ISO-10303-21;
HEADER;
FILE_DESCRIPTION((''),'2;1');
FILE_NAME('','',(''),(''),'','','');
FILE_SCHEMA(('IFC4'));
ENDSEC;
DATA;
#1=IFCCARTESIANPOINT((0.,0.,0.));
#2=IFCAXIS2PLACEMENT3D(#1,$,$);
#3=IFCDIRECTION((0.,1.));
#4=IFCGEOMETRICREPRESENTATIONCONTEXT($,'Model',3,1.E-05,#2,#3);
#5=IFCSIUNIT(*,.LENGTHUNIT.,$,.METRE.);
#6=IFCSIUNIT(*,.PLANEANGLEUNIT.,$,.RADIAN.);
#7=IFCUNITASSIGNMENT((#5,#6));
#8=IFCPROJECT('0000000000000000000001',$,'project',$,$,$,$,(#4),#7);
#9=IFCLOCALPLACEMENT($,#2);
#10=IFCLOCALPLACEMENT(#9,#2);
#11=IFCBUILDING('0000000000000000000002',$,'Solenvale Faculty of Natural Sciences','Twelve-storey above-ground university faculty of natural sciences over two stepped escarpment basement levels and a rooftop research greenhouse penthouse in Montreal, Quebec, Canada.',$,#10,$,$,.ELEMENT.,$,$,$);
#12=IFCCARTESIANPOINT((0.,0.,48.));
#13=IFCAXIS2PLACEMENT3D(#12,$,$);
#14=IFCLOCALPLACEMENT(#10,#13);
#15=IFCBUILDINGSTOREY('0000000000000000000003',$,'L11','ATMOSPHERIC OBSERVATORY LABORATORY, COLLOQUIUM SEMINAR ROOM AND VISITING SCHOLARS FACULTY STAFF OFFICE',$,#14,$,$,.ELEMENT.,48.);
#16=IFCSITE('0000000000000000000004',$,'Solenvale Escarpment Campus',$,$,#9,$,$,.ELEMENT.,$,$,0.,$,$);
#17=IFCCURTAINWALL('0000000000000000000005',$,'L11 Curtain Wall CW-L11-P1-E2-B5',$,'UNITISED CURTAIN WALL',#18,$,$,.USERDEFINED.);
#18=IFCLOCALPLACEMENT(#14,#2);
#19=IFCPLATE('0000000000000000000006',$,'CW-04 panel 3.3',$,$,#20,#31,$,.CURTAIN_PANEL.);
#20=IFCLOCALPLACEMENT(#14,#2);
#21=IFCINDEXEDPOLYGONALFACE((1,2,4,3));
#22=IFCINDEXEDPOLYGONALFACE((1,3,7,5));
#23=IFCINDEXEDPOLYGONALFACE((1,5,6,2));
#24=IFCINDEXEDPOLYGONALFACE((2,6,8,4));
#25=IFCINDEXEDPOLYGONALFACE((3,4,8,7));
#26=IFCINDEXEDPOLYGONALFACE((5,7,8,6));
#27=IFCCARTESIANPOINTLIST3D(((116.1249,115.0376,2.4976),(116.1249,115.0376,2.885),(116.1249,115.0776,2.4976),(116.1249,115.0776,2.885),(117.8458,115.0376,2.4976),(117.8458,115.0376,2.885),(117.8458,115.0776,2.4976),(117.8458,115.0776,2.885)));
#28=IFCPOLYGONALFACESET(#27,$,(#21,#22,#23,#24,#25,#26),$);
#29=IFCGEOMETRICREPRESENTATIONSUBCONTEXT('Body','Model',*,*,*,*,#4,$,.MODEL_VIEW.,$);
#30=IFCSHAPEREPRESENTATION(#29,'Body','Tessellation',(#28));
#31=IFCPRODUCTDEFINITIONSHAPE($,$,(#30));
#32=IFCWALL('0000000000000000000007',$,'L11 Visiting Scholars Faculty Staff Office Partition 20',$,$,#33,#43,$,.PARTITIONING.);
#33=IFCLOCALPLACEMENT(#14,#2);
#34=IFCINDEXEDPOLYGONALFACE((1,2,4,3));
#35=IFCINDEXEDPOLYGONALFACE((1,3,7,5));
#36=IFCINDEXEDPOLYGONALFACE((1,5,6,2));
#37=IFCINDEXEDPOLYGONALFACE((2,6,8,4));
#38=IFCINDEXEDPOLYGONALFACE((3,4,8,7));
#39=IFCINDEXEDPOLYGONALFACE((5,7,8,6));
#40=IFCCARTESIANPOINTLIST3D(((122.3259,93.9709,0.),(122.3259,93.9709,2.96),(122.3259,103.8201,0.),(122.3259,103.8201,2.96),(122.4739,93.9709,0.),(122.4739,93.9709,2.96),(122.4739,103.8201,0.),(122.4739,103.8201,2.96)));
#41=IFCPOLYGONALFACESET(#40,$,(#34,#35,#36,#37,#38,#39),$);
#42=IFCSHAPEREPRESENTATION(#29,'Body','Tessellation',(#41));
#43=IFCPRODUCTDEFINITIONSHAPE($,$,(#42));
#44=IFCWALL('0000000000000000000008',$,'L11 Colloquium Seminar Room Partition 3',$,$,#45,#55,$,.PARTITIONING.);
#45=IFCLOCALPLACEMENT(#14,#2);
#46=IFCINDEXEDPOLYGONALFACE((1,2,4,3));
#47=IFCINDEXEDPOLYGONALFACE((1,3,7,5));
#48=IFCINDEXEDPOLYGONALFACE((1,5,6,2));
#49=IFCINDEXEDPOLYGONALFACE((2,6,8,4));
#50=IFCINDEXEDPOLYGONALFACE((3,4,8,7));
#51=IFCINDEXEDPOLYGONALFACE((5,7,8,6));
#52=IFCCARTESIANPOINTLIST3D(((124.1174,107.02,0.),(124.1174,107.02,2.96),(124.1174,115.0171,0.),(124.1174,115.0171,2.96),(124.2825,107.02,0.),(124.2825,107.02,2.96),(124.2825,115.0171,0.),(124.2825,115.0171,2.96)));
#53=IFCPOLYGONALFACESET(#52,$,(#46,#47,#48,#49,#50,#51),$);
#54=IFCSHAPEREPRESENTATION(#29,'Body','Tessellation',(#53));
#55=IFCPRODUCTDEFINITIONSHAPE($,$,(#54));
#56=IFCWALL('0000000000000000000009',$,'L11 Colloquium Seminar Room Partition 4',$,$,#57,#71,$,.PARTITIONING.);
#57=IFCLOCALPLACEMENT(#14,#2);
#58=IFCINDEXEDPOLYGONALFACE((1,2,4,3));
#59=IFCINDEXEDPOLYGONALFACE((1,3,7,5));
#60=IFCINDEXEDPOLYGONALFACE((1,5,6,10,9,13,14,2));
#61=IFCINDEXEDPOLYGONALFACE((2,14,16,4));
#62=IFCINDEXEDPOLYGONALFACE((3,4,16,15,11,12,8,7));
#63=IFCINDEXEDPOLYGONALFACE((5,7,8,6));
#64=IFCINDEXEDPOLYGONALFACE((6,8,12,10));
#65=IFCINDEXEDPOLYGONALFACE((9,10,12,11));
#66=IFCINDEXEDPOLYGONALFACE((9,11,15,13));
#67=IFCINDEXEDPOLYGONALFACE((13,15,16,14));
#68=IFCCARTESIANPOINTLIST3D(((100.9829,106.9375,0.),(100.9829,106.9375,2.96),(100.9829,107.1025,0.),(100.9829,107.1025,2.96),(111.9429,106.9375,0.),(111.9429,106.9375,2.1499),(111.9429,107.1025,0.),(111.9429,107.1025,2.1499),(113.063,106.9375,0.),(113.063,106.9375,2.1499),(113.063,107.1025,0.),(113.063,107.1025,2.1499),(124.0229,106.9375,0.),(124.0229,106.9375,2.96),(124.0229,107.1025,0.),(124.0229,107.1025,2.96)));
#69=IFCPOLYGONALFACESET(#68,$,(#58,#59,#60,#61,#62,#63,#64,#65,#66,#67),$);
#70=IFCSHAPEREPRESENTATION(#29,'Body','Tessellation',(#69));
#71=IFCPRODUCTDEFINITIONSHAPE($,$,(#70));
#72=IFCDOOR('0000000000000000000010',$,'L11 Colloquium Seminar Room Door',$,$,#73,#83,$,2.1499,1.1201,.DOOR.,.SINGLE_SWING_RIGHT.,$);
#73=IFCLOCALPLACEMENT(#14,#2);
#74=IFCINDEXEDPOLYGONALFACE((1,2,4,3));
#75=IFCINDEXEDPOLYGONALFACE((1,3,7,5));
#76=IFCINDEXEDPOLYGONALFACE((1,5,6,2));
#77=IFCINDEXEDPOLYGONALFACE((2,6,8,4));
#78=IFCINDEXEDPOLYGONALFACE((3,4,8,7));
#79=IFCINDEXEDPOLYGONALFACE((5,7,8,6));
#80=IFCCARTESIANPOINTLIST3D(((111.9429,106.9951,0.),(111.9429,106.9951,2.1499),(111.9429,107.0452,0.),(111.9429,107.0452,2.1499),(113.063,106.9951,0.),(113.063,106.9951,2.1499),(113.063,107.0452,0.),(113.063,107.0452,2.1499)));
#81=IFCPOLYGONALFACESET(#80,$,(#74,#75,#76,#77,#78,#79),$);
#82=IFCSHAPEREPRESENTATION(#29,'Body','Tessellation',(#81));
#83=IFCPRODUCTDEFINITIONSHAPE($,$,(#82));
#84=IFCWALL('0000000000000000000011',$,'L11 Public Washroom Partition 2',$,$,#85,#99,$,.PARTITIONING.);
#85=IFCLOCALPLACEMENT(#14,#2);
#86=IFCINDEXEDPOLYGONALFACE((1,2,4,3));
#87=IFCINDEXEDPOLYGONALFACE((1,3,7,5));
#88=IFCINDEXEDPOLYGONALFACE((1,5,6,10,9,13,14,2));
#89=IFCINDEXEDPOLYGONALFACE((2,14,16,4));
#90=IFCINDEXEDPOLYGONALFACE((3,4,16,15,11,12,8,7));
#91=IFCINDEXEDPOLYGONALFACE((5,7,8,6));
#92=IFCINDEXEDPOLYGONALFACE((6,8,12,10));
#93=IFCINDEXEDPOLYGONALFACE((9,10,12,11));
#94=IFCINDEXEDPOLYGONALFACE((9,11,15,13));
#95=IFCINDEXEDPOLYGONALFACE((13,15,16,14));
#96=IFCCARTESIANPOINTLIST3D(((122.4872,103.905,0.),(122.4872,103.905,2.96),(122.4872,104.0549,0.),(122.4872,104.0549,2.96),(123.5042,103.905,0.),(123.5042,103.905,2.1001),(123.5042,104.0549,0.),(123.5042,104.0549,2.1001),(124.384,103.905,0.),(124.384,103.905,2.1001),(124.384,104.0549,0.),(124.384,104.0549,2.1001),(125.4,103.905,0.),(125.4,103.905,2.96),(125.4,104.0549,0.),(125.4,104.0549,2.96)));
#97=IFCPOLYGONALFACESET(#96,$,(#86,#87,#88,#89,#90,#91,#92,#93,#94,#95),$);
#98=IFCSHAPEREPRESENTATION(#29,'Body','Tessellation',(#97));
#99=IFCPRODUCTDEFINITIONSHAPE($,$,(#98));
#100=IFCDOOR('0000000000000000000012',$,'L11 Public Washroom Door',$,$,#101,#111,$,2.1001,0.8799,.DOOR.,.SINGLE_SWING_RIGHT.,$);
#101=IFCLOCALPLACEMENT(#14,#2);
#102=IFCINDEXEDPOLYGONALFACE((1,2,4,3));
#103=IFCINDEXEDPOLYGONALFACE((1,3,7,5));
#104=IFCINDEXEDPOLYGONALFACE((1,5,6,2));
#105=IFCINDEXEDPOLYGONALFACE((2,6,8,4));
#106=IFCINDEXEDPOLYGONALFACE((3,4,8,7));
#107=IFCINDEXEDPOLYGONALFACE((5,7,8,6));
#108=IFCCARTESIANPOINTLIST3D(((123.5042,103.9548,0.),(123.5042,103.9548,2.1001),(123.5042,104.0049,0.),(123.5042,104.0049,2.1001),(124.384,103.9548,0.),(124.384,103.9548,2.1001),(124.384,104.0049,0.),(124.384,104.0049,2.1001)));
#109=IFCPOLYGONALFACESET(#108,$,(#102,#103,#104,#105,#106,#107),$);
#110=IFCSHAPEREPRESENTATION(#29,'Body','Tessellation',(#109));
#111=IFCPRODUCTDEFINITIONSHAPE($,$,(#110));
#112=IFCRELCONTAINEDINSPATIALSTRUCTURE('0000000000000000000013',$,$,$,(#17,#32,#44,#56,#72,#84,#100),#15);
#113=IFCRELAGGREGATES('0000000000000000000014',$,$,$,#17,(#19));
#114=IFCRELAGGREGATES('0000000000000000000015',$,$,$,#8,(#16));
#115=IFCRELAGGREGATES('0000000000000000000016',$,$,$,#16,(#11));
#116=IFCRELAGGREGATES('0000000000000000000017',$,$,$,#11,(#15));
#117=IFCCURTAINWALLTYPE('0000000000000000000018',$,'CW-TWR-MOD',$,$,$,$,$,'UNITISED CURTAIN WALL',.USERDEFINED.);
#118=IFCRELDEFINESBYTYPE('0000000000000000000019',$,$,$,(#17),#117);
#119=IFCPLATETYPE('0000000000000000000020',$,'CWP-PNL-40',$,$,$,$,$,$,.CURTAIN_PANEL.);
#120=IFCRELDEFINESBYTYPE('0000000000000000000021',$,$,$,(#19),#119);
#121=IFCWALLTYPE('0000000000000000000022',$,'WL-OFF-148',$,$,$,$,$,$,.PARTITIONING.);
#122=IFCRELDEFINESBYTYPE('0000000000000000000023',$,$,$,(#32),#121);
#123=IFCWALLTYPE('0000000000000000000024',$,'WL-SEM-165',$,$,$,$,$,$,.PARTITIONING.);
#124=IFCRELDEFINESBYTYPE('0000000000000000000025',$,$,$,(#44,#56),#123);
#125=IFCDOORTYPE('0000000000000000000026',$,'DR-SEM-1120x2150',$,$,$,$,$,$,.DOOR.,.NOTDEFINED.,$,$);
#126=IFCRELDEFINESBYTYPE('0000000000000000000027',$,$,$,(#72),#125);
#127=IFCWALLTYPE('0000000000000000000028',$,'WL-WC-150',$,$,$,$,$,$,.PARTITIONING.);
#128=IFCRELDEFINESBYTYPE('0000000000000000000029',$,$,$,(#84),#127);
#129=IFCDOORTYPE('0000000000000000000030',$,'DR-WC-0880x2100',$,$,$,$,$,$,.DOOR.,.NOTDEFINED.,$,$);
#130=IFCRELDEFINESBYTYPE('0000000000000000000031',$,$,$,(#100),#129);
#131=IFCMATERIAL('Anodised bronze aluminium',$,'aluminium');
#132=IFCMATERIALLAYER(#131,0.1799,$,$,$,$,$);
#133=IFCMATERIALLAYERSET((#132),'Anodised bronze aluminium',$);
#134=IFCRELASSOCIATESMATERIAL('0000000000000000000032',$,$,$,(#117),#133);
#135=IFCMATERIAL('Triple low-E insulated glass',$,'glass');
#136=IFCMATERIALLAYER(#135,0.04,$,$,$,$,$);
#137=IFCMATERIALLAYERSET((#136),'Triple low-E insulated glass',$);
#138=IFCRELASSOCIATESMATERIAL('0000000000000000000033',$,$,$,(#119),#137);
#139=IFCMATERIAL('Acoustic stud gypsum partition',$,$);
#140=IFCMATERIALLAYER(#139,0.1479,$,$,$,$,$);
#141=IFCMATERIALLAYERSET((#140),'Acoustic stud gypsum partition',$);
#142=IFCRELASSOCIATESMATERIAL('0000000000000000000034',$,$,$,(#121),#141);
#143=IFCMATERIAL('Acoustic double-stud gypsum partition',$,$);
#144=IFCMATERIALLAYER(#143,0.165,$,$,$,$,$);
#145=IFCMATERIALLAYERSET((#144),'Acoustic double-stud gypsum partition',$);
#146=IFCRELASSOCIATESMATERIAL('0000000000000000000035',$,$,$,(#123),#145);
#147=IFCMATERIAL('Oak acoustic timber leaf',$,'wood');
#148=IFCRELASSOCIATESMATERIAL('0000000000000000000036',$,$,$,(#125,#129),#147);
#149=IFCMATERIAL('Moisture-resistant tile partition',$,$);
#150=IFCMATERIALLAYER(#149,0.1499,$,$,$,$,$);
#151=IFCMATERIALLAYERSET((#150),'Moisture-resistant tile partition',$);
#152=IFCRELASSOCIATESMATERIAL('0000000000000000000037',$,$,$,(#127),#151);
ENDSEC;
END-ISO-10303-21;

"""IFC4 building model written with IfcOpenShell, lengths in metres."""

from ifc_helpers import new_model, si_unit, direction, frame, frame_2d, origin, origin_2d, place, context, subcontext, project, spatial, rectangle, extrude, material, layer, layer_set, type_object, element, fill, aggregate, save


model = new_model("IFC4")

# Units and contexts
model_context = context("Model", 3, precision=1e-05, world=origin(), true_north=direction((0.0, 1.0)))
body_context = subcontext(model_context, "Body", "Model", "MODEL_VIEW")
ifc_project = project(units=[si_unit("LENGTHUNIT", "METRE"), si_unit("PLANEANGLEUNIT", "RADIAN")], contexts=[model_context])

# Site, building, storey
site_placement = place(None, origin())
site = spatial("IfcSite", under=ifc_project, at=site_placement, Name="Solenvale Escarpment Campus", CompositionType="ELEMENT", RefElevation=0.0)
building_placement = place(site_placement, origin())
building = spatial("IfcBuilding", under=site, at=building_placement, Name="Solenvale Faculty of Natural Sciences", Description="Twelve-storey above-ground university faculty of natural sciences over two stepped escarpment basement levels and a rooftop research greenhouse penthouse in Montreal, Quebec, Canada.", CompositionType="ELEMENT")
storey_placement = place(building_placement, frame((0.0, 0.0, 48.0)))
storey = spatial("IfcBuildingStorey", under=building, at=storey_placement, Name="L11", Description="ATMOSPHERIC OBSERVATORY LABORATORY, COLLOQUIUM SEMINAR ROOM AND VISITING SCHOLARS FACULTY STAFF OFFICE", CompositionType="ELEMENT", Elevation=48.0)

# Curtain wall, plate
ifc_material_1 = material(Name="Anodised bronze aluminium", Category="aluminium")
ifc_layer_1 = layer(ifc_material_1, 0.1799)
ifc_layer_set_1 = layer_set([ifc_layer_1], Name="Anodised bronze aluminium")
curtain_wall_type = type_object("IfcCurtainWallType", Name="CW-TWR-MOD", ElementType="UNITISED CURTAIN WALL", PredefinedType="USERDEFINED", material=ifc_layer_set_1)
curtain_wall_placement = place(storey_placement, origin())
curtain_wall = element("IfcCurtainWall", 1, at=curtain_wall_placement, inside=storey, type_object=curtain_wall_type, Name="L11 Curtain Wall CW-L11-P1-E2-B5", ObjectType="UNITISED CURTAIN WALL", PredefinedType="USERDEFINED")
ifc_material_2 = material(Name="Triple low-E insulated glass", Category="glass")
ifc_layer_2 = layer(ifc_material_2, 0.04)
ifc_layer_set_2 = layer_set([ifc_layer_2], Name="Triple low-E insulated glass")
plate_type = type_object("IfcPlateType", Name="CWP-PNL-40", PredefinedType="CURTAIN_PANEL", material=ifc_layer_set_2)
plate_1_placement = place(storey_placement, frame((116.9854, 115.0576, 2.4976), z_axis=(0.0, 0.0, 1.0), x_axis=(-1.0, 0.0, 0.0)))
plate_1 = element("IfcPlate", 2, at=plate_1_placement, type_object=plate_type, Name="CW-04 panel 3.3", PredefinedType="CURTAIN_PANEL", context=body_context, shape_type="SweptSolid", body=[
    extrude(rectangle(XDim=1.7209, YDim=0.04, at=origin_2d()), origin(), (0.0, 0.0, 1.0), 0.3875),
])
aggregate(curtain_wall, [plate_1])

# Walls
ifc_material_3 = material(Name="Acoustic stud gypsum partition")
ifc_layer_3 = layer(ifc_material_3, 0.1479)
ifc_layer_set_3 = layer_set([ifc_layer_3], Name="Acoustic stud gypsum partition")
wall_type_1 = type_object("IfcWallType", Name="WL-OFF-148", PredefinedType="PARTITIONING", material=ifc_layer_set_3)
wall_1_placement = place(storey_placement, frame((122.3999, 103.8201, 0.0), z_axis=(0.0, 0.0, 1.0), x_axis=(0.0, -1.0, 0.0)))
element("IfcWall", 3, at=wall_1_placement, inside=storey, type_object=wall_type_1, Name="L11 Visiting Scholars Faculty Staff Office Partition 20", PredefinedType="PARTITIONING", context=body_context, shape_type="SweptSolid", body=[
    extrude(rectangle(XDim=9.8491, YDim=0.1479, at=frame_2d((4.9246, 0.0))), origin(), (0.0, 0.0, 1.0), 2.96),
])
ifc_material_4 = material(Name="Acoustic double-stud gypsum partition")
ifc_layer_4 = layer(ifc_material_4, 0.165)
ifc_layer_set_4 = layer_set([ifc_layer_4], Name="Acoustic double-stud gypsum partition")
wall_type_2 = type_object("IfcWallType", Name="WL-SEM-165", PredefinedType="PARTITIONING", material=ifc_layer_set_4)
wall_2_placement = place(storey_placement, frame((124.2, 115.0171, 0.0), z_axis=(0.0, 0.0, 1.0), x_axis=(0.0, -1.0, 0.0)))
element("IfcWall", 4, at=wall_2_placement, inside=storey, type_object=wall_type_2, Name="L11 Colloquium Seminar Room Partition 3", PredefinedType="PARTITIONING", context=body_context, shape_type="SweptSolid", body=[
    extrude(rectangle(XDim=7.9971, YDim=0.165, at=frame_2d((3.9985, 0.0))), origin(), (0.0, 0.0, 1.0), 2.96),
])

# Walls, openings, doors
wall_3_placement = place(storey_placement, frame((124.0229, 107.02, 0.0), z_axis=(0.0, 0.0, 1.0), x_axis=(-1.0, 0.0, 0.0)))
wall_3 = element("IfcWall", 5, at=wall_3_placement, inside=storey, type_object=wall_type_2, Name="L11 Colloquium Seminar Room Partition 4", PredefinedType="PARTITIONING", context=body_context, shape_type="SweptSolid", body=[
    extrude(rectangle(XDim=23.04, YDim=0.165, at=frame_2d((11.52, 0.0))), origin(), (0.0, 0.0, 1.0), 2.96),
])
opening_1_placement = place(wall_3_placement, frame((10.96, 0.0, 0.0)))
opening_1 = element("IfcOpeningElement", 6, at=opening_1_placement, cuts=wall_3, PredefinedType="OPENING", context=body_context, shape_type="SweptSolid", body=[
    extrude(rectangle(XDim=1.1201, YDim=2.1499, at=frame_2d((0.5601, 1.075))), frame((0.0, 0.0925, 0.0), z_axis=(0.0, -1.0, 0.0), x_axis=(1.0, 0.0, 0.0)), (0.0, 0.0, 1.0), 0.1851),
])
ifc_material_5 = material(Name="Oak acoustic timber leaf", Category="wood")
door_type_1 = type_object("IfcDoorType", Name="DR-SEM-1120x2150", OperationType="NOTDEFINED", PredefinedType="DOOR", material=ifc_material_5)
door_1_placement = place(opening_1_placement, origin())
door_1 = element("IfcDoor", 7, at=door_1_placement, inside=storey, type_object=door_type_1, Name="L11 Colloquium Seminar Room Door", OperationType="SINGLE_SWING_RIGHT", OverallHeight=2.1499, OverallWidth=1.1201, PredefinedType="DOOR", context=body_context, shape_type="SweptSolid", body=[
    extrude(rectangle(XDim=1.1201, YDim=2.1499, at=frame_2d((0.5601, 1.075))), frame((0.0, 0.0249, 0.0), z_axis=(0.0, -1.0, 0.0), x_axis=(1.0, 0.0, 0.0)), (0.0, 0.0, 1.0), 0.05),
])
fill(opening_1, door_1)
ifc_material_6 = material(Name="Moisture-resistant tile partition")
ifc_layer_5 = layer(ifc_material_6, 0.1499)
ifc_layer_set_5 = layer_set([ifc_layer_5], Name="Moisture-resistant tile partition")
wall_type_3 = type_object("IfcWallType", Name="WL-WC-150", PredefinedType="PARTITIONING", material=ifc_layer_set_5)
wall_4_placement = place(storey_placement, frame((122.4871, 103.98, 0.0), z_axis=(0.0, 0.0, 1.0), x_axis=(1.0, 0.0, 0.0)))
wall_4 = element("IfcWall", 8, at=wall_4_placement, inside=storey, type_object=wall_type_3, Name="L11 Public Washroom Partition 2", PredefinedType="PARTITIONING", context=body_context, shape_type="SweptSolid", body=[
    extrude(rectangle(XDim=2.9128, YDim=0.1499, at=frame_2d((1.4565, 0.0))), origin(), (0.0, 0.0, 1.0), 2.96),
])
opening_2_placement = place(wall_4_placement, frame((1.0171, 0.0, 0.0)))
opening_2 = element("IfcOpeningElement", 9, at=opening_2_placement, cuts=wall_4, PredefinedType="OPENING", context=body_context, shape_type="SweptSolid", body=[
    extrude(rectangle(XDim=0.8799, YDim=2.1001, at=frame_2d((0.4399, 1.05))), frame((0.0, 0.085, 0.0), z_axis=(0.0, -1.0, 0.0), x_axis=(1.0, 0.0, 0.0)), (0.0, 0.0, 1.0), 0.1699),
])
door_type_2 = type_object("IfcDoorType", Name="DR-WC-0880x2100", OperationType="NOTDEFINED", PredefinedType="DOOR", material=ifc_material_5)
door_2_placement = place(opening_2_placement, origin())
door_2 = element("IfcDoor", 10, at=door_2_placement, inside=storey, type_object=door_type_2, Name="L11 Public Washroom Door", OperationType="SINGLE_SWING_RIGHT", OverallHeight=2.1001, OverallWidth=0.8799, PredefinedType="DOOR", context=body_context, shape_type="SweptSolid", body=[
    extrude(rectangle(XDim=0.8799, YDim=2.1001, at=frame_2d((0.4399, 1.05))), frame((0.0, 0.0249, 0.0), z_axis=(0.0, -1.0, 0.0), x_axis=(1.0, 0.0, 0.0)), (0.0, 0.0, 1.0), 0.05),
])
fill(opening_2, door_2)

save(model, "model.ifc")
